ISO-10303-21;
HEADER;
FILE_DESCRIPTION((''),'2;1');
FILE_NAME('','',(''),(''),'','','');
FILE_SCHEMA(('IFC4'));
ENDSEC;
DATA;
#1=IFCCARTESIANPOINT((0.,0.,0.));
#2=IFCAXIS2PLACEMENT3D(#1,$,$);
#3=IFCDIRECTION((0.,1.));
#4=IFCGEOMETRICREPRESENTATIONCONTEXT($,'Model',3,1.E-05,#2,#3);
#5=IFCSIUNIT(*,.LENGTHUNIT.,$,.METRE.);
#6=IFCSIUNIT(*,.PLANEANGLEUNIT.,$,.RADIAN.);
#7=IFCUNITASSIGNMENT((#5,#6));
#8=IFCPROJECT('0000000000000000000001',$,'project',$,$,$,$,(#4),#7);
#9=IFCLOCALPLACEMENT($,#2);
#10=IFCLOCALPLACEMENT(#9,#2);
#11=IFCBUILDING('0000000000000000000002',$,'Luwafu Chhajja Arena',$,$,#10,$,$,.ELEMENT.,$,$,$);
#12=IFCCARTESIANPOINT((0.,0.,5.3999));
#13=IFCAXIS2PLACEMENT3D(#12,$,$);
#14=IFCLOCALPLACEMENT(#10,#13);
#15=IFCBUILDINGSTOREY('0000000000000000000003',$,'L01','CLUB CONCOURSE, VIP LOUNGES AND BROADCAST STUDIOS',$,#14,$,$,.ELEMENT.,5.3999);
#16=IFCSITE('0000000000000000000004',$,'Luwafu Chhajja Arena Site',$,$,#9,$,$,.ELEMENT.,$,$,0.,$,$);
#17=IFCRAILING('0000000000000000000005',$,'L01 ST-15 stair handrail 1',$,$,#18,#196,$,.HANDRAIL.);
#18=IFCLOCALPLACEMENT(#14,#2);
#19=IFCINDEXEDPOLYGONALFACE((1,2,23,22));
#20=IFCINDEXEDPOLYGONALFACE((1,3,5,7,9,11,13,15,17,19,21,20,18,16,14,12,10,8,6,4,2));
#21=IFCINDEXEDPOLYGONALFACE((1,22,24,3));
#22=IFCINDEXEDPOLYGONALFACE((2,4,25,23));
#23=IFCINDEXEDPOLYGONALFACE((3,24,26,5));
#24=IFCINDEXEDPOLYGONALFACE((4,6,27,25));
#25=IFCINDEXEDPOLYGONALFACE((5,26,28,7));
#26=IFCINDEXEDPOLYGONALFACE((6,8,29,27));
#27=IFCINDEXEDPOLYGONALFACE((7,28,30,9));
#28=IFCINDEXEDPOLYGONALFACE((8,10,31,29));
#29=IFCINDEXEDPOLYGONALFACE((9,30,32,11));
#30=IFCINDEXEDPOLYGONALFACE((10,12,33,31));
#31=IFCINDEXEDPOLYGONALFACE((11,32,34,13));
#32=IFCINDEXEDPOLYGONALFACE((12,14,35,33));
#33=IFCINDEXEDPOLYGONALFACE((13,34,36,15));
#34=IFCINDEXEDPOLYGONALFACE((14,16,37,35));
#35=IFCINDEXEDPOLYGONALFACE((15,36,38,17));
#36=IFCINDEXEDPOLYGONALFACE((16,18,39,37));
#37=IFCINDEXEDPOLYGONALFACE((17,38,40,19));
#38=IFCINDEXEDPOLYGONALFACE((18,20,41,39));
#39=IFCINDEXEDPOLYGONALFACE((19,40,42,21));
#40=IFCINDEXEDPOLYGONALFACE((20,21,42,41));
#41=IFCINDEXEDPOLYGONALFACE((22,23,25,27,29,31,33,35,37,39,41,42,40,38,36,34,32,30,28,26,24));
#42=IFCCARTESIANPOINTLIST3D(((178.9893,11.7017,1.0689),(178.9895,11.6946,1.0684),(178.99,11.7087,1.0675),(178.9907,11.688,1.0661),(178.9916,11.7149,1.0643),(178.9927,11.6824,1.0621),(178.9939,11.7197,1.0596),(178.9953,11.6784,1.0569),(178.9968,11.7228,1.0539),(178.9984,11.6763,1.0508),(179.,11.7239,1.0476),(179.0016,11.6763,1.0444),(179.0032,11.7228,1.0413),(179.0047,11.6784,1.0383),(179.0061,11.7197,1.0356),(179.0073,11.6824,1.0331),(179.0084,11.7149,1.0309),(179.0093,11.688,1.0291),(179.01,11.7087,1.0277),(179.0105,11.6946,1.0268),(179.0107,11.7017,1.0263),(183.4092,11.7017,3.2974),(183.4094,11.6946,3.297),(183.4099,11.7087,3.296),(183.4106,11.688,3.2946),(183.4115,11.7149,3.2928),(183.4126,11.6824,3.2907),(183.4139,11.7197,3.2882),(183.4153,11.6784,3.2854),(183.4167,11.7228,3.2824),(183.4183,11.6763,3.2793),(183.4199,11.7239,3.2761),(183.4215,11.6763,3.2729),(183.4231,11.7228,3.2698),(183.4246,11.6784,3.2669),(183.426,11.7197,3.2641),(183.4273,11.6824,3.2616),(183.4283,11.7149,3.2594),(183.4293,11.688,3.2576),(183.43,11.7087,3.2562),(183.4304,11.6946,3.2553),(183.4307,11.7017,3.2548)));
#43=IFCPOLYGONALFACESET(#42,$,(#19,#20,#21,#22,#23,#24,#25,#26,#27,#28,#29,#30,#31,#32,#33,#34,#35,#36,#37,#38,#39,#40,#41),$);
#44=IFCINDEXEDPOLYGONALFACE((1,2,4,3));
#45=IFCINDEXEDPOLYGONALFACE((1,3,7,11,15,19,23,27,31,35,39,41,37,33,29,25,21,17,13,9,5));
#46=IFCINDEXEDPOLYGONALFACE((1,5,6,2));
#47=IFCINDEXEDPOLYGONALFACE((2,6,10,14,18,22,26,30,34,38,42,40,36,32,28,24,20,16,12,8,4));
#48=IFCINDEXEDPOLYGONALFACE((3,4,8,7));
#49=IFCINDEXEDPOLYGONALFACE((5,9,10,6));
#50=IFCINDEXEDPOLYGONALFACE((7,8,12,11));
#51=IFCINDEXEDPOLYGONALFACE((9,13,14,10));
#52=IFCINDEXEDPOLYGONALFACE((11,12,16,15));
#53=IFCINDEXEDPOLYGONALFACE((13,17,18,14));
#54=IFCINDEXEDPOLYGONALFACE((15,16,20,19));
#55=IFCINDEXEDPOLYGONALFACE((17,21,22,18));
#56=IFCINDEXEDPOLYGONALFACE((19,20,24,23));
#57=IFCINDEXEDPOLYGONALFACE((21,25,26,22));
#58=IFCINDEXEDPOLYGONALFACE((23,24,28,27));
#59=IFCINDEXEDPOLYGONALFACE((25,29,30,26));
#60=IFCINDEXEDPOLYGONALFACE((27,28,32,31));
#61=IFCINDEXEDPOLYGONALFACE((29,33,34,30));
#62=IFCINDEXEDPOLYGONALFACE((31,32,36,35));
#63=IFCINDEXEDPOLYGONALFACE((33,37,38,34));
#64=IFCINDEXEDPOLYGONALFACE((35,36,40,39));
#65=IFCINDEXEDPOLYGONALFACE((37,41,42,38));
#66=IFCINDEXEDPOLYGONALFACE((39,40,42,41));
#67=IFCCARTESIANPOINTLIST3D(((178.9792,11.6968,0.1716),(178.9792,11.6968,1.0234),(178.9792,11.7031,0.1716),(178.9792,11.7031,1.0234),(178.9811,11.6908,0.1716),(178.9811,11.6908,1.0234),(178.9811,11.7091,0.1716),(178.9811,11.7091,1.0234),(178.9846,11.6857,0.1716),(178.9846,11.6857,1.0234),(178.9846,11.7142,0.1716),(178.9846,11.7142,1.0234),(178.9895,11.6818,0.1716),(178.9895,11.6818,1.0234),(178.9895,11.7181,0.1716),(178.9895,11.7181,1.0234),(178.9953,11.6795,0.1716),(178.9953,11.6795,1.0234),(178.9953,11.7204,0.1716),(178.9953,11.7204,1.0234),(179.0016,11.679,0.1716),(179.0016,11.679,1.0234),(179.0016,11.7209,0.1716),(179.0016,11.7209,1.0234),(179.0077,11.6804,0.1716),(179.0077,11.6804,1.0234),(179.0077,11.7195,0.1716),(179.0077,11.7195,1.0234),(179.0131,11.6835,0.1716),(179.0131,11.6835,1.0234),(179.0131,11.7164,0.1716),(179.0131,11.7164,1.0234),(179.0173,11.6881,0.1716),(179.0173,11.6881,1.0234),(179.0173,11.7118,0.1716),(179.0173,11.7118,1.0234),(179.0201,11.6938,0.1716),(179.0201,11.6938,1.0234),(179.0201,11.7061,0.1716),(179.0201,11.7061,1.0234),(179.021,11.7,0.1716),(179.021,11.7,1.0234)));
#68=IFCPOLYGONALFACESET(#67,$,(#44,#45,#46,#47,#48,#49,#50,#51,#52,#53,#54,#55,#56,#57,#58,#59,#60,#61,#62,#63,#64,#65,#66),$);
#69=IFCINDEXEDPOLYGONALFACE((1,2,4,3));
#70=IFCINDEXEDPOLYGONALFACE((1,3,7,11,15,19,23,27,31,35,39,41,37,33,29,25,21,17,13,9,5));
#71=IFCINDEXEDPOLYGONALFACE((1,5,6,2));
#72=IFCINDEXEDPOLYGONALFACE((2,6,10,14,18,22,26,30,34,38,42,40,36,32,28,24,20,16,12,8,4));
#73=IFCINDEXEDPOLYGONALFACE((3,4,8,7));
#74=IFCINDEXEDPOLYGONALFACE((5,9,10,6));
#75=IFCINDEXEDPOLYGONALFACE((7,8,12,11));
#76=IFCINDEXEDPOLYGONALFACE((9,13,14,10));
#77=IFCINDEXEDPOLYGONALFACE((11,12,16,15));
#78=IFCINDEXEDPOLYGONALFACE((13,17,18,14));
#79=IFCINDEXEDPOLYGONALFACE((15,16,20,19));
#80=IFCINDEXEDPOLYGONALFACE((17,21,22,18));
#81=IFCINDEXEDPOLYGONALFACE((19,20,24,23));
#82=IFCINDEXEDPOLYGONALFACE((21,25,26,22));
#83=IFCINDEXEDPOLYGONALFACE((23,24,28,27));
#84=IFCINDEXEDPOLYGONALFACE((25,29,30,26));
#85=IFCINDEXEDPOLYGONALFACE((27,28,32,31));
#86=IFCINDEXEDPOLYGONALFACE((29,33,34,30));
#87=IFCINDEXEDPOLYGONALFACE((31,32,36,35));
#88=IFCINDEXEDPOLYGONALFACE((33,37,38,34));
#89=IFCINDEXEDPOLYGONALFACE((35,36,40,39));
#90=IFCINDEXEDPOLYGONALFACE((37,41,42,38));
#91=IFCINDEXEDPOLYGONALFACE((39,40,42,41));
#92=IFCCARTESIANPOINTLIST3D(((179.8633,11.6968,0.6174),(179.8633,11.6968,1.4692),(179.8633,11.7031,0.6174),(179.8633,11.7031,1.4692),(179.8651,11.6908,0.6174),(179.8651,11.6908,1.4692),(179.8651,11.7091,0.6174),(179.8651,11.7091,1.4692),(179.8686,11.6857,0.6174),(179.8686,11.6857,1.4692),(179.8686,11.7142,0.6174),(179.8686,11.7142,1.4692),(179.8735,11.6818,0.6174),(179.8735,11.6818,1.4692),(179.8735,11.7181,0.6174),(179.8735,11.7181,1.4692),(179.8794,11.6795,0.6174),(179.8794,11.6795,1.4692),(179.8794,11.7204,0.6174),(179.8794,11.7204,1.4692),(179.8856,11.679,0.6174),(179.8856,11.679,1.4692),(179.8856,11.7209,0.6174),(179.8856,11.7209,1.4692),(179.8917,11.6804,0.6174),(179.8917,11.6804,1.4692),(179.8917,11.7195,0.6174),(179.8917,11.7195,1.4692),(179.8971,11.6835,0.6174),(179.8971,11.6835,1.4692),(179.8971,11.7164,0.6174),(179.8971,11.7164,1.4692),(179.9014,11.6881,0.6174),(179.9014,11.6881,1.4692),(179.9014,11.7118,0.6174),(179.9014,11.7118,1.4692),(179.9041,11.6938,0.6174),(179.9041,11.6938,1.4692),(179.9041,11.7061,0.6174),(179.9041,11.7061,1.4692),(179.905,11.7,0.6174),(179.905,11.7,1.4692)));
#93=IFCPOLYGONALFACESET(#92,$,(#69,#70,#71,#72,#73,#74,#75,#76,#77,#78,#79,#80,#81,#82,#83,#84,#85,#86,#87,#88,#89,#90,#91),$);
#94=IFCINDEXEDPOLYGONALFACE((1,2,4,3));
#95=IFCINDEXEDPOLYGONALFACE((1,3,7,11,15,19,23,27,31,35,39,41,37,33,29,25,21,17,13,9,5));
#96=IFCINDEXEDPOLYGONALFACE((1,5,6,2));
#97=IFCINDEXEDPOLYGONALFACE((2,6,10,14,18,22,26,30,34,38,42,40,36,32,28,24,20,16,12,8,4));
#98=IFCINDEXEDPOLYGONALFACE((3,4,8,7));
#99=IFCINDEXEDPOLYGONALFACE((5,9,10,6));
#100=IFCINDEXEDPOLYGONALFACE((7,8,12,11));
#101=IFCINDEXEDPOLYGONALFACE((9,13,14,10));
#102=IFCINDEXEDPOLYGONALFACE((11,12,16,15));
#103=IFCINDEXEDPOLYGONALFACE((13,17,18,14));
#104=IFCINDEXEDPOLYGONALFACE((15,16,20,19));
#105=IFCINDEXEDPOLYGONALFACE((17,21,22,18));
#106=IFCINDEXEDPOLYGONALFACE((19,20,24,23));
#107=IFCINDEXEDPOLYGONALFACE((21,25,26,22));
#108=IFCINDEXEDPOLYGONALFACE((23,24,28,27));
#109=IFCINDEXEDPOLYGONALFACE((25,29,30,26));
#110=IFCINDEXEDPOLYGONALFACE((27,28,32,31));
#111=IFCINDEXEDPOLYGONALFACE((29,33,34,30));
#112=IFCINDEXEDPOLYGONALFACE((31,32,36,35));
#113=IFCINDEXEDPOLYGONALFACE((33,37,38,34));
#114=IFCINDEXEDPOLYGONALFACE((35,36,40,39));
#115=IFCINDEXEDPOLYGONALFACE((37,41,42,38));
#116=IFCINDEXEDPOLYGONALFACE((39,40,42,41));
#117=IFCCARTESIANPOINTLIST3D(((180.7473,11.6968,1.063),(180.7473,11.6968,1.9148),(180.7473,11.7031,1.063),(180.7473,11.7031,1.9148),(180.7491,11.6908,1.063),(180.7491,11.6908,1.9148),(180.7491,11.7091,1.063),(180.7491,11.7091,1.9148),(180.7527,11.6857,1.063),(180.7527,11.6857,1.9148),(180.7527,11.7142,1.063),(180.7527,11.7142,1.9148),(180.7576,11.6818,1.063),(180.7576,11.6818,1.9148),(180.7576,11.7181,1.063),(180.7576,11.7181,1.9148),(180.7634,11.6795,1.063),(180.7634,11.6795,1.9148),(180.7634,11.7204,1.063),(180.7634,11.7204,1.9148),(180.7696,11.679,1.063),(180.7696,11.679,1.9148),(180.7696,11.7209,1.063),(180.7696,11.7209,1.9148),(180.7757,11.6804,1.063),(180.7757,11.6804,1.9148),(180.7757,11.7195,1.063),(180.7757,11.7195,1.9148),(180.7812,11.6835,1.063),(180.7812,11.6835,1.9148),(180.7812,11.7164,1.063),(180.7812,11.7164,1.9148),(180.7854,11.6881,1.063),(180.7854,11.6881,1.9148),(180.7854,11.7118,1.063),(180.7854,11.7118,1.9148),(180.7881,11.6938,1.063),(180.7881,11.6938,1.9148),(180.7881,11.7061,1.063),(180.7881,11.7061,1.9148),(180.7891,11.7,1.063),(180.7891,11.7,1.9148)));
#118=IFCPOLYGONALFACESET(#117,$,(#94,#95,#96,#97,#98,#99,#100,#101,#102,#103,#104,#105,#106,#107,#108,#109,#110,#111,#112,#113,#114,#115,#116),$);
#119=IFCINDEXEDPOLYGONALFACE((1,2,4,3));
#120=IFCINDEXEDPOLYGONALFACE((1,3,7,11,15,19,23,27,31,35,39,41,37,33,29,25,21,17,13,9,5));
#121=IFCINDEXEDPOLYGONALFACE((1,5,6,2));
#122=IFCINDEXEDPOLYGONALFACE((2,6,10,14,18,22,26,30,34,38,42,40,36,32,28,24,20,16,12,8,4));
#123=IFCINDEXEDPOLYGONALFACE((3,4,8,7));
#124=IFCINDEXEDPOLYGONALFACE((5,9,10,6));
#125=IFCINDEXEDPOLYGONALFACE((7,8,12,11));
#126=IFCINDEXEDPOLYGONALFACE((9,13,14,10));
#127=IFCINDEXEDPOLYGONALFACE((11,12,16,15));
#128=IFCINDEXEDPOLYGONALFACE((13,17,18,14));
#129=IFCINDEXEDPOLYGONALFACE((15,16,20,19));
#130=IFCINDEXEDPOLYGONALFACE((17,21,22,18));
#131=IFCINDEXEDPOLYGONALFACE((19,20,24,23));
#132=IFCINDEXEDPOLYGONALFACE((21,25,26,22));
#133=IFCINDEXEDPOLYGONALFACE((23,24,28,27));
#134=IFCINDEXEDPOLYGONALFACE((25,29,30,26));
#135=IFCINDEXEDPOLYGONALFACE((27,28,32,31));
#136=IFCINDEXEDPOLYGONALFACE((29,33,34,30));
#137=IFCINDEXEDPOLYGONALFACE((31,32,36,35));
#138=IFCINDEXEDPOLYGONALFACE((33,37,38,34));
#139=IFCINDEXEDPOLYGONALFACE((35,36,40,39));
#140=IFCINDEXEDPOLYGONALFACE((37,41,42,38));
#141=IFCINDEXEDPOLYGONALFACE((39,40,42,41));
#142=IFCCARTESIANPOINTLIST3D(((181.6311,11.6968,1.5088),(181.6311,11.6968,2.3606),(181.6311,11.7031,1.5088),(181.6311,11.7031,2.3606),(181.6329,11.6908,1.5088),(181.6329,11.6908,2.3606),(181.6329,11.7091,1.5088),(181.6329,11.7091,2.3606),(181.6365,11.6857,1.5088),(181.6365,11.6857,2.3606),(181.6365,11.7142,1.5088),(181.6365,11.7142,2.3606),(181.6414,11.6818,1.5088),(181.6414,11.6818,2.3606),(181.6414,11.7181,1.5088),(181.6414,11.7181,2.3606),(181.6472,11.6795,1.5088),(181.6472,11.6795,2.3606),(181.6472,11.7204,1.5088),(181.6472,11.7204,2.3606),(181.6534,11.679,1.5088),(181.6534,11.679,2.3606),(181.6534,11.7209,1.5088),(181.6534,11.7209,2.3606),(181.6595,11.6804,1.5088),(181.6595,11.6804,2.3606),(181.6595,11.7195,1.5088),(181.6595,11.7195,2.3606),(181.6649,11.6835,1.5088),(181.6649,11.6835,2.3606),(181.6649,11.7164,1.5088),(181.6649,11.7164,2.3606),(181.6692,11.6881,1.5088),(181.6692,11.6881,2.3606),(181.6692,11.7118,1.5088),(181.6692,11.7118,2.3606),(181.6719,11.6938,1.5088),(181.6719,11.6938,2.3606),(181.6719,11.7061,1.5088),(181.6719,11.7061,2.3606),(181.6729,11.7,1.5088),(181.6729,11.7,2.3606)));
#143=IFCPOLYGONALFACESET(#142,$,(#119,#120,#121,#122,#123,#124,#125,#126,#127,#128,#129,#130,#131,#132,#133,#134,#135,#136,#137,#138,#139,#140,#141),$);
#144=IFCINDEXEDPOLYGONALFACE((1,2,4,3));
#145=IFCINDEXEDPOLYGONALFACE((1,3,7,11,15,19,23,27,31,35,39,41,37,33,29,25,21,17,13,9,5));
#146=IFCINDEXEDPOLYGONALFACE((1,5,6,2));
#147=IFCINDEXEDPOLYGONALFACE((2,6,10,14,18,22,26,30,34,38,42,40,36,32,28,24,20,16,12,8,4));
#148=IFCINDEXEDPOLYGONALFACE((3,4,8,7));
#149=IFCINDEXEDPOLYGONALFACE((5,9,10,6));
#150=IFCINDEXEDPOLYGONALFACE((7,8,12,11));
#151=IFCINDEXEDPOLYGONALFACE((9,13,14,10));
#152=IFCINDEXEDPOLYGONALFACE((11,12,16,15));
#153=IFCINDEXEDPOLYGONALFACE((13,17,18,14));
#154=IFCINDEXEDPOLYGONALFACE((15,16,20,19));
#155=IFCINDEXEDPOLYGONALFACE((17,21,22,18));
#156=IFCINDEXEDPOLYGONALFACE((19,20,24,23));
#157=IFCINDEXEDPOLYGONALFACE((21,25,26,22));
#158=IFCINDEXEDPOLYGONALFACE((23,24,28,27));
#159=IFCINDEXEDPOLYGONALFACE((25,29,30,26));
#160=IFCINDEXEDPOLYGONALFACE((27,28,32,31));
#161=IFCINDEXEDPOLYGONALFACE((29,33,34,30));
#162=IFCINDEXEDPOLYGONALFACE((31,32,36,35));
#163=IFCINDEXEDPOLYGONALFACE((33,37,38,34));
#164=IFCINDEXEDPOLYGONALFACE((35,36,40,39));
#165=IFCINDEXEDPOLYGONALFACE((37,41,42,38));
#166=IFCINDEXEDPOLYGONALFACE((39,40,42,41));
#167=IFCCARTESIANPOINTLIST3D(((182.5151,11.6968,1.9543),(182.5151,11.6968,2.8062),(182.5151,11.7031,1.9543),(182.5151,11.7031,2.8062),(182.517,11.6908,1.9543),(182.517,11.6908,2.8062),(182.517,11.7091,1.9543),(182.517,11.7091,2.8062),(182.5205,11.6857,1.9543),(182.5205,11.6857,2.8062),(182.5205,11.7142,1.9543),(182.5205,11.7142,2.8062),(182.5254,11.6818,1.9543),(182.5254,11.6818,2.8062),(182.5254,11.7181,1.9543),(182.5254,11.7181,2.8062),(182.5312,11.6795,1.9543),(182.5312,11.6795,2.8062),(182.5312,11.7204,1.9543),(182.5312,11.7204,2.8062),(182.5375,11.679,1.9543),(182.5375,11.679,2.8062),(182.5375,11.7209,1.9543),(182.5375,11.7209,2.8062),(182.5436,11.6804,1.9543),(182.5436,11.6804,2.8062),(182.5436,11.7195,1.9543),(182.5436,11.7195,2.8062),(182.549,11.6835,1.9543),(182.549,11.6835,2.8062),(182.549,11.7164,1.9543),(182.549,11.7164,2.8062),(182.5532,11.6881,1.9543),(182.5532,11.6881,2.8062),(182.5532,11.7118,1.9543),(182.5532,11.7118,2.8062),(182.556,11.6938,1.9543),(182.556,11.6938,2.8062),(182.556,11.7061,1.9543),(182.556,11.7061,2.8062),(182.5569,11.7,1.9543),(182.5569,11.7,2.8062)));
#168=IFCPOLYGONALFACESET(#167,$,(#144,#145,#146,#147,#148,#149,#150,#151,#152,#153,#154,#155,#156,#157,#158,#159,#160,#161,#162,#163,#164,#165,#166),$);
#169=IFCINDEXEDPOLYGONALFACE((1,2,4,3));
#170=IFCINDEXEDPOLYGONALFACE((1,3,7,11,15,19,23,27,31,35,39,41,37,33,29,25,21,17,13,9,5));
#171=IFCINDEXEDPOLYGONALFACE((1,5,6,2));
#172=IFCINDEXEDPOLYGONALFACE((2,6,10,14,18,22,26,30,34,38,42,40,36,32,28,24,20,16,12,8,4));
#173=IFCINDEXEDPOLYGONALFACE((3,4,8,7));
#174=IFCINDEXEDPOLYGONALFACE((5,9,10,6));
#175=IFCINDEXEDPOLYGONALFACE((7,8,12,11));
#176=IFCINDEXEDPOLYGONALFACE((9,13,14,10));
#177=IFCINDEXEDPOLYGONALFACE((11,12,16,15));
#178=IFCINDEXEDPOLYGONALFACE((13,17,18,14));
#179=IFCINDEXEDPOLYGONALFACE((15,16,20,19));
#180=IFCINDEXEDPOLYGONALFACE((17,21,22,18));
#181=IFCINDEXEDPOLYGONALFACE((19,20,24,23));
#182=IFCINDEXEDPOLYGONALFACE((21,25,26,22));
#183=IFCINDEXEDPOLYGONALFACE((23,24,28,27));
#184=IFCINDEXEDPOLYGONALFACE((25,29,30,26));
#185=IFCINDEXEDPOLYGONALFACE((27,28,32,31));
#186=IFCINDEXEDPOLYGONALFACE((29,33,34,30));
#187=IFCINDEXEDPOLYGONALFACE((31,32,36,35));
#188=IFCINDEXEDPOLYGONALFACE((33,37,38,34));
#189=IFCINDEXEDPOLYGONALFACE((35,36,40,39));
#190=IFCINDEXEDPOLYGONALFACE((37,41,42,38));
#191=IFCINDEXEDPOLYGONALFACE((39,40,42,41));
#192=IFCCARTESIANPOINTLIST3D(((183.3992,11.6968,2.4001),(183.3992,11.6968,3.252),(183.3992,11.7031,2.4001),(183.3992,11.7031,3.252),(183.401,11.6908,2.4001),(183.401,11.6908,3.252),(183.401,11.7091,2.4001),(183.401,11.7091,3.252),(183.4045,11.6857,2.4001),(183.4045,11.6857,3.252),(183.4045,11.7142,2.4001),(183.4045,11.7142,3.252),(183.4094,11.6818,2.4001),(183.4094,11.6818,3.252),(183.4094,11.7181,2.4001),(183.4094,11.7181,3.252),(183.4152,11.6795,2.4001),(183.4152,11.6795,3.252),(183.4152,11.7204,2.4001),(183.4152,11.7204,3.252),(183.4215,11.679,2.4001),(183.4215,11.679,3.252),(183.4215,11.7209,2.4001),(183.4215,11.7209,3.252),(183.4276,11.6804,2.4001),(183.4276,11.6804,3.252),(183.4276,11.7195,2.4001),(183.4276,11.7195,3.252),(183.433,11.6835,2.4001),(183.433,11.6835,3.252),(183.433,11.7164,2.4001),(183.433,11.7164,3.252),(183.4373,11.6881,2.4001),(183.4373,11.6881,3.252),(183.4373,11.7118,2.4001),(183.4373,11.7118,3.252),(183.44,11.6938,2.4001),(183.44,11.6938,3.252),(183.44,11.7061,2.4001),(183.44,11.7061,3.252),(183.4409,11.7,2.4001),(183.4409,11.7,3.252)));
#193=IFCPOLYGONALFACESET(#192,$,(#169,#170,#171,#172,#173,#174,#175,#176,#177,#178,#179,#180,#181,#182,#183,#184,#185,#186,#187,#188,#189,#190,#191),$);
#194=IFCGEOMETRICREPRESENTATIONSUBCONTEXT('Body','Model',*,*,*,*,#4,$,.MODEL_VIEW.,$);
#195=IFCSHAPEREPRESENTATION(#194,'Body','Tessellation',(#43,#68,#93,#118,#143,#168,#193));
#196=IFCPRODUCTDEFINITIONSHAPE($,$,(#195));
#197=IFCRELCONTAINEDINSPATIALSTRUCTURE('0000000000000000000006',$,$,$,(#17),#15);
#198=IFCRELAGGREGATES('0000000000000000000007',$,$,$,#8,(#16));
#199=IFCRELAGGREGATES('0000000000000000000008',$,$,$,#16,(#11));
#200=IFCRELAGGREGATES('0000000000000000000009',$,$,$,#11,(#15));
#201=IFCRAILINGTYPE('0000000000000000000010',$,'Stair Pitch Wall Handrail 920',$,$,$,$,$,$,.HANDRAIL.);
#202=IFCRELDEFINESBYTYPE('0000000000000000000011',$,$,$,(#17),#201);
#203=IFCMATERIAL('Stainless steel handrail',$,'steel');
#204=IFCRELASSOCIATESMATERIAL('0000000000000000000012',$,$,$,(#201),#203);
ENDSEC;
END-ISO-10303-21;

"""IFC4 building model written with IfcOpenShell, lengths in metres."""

from ifc_helpers import new_model, si_unit, direction, frame, origin, origin_2d, place, context, subcontext, project, spatial, circle, extrude, material, type_object, element, save


model = new_model("IFC4")

# Units and contexts
model_context = context("Model", 3, precision=1e-05, world=origin(), true_north=direction((0.0, 1.0)))
body_context = subcontext(model_context, "Body", "Model", "MODEL_VIEW")
ifc_project = project(units=[si_unit("LENGTHUNIT", "METRE"), si_unit("PLANEANGLEUNIT", "RADIAN")], contexts=[model_context])

# Site, building, storey
site_placement = place(None, origin())
site = spatial("IfcSite", under=ifc_project, at=site_placement, Name="Luwafu Chhajja Arena Site", CompositionType="ELEMENT", RefElevation=0.0)
building_placement = place(site_placement, origin())
building = spatial("IfcBuilding", under=site, at=building_placement, Name="Luwafu Chhajja Arena", CompositionType="ELEMENT")
storey_placement = place(building_placement, frame((0.0, 0.0, 5.3999)))
storey = spatial("IfcBuildingStorey", under=building, at=storey_placement, Name="L01", Description="CLUB CONCOURSE, VIP LOUNGES AND BROADCAST STUDIOS", CompositionType="ELEMENT", Elevation=5.3999)

# Railing
ifc_material_1 = material(Name="Stainless steel handrail", Category="steel")
railing_type_1 = type_object("IfcRailingType", Name="Stair Pitch Wall Handrail 920", PredefinedType="HANDRAIL", material=ifc_material_1)
railing_1_placement = place(storey_placement, frame((179.0, 11.7, 0.1716)))
element("IfcRailing", 1, at=railing_1_placement, inside=storey, type_object=railing_type_1, Name="L01 ST-15 stair handrail 1", PredefinedType="HANDRAIL", context=body_context, shape_type="SweptSolid", body=[
    extrude(circle(Radius=0.0239, at=origin_2d()), frame((0.0, 0.0, 0.876), z_axis=(0.892923, 0.0, 0.45021), x_axis=(0.0, 1.0, 0.0)), (0.0, 0.0, 1.0), 4.95),
    extrude(circle(Radius=0.021, at=origin_2d()), origin(), (0.0, 0.0, 1.0), 0.8518),
    extrude(circle(Radius=0.021, at=origin_2d()), frame((0.884, 0.0, 0.4458)), (0.0, 0.0, 1.0), 0.8518),
    extrude(circle(Radius=0.021, at=origin_2d()), frame((1.7681, 0.0, 0.8914)), (0.0, 0.0, 1.0), 0.8518),
    extrude(circle(Radius=0.021, at=origin_2d()), frame((2.6519, 0.0, 1.3372)), (0.0, 0.0, 1.0), 0.8518),
    extrude(circle(Radius=0.021, at=origin_2d()), frame((3.5359, 0.0, 1.7827)), (0.0, 0.0, 1.0), 0.8518),
    extrude(circle(Radius=0.021, at=origin_2d()), frame((4.4199, 0.0, 2.2285)), (0.0, 0.0, 1.0), 0.8518),
])

save(model, "model.ifc")
